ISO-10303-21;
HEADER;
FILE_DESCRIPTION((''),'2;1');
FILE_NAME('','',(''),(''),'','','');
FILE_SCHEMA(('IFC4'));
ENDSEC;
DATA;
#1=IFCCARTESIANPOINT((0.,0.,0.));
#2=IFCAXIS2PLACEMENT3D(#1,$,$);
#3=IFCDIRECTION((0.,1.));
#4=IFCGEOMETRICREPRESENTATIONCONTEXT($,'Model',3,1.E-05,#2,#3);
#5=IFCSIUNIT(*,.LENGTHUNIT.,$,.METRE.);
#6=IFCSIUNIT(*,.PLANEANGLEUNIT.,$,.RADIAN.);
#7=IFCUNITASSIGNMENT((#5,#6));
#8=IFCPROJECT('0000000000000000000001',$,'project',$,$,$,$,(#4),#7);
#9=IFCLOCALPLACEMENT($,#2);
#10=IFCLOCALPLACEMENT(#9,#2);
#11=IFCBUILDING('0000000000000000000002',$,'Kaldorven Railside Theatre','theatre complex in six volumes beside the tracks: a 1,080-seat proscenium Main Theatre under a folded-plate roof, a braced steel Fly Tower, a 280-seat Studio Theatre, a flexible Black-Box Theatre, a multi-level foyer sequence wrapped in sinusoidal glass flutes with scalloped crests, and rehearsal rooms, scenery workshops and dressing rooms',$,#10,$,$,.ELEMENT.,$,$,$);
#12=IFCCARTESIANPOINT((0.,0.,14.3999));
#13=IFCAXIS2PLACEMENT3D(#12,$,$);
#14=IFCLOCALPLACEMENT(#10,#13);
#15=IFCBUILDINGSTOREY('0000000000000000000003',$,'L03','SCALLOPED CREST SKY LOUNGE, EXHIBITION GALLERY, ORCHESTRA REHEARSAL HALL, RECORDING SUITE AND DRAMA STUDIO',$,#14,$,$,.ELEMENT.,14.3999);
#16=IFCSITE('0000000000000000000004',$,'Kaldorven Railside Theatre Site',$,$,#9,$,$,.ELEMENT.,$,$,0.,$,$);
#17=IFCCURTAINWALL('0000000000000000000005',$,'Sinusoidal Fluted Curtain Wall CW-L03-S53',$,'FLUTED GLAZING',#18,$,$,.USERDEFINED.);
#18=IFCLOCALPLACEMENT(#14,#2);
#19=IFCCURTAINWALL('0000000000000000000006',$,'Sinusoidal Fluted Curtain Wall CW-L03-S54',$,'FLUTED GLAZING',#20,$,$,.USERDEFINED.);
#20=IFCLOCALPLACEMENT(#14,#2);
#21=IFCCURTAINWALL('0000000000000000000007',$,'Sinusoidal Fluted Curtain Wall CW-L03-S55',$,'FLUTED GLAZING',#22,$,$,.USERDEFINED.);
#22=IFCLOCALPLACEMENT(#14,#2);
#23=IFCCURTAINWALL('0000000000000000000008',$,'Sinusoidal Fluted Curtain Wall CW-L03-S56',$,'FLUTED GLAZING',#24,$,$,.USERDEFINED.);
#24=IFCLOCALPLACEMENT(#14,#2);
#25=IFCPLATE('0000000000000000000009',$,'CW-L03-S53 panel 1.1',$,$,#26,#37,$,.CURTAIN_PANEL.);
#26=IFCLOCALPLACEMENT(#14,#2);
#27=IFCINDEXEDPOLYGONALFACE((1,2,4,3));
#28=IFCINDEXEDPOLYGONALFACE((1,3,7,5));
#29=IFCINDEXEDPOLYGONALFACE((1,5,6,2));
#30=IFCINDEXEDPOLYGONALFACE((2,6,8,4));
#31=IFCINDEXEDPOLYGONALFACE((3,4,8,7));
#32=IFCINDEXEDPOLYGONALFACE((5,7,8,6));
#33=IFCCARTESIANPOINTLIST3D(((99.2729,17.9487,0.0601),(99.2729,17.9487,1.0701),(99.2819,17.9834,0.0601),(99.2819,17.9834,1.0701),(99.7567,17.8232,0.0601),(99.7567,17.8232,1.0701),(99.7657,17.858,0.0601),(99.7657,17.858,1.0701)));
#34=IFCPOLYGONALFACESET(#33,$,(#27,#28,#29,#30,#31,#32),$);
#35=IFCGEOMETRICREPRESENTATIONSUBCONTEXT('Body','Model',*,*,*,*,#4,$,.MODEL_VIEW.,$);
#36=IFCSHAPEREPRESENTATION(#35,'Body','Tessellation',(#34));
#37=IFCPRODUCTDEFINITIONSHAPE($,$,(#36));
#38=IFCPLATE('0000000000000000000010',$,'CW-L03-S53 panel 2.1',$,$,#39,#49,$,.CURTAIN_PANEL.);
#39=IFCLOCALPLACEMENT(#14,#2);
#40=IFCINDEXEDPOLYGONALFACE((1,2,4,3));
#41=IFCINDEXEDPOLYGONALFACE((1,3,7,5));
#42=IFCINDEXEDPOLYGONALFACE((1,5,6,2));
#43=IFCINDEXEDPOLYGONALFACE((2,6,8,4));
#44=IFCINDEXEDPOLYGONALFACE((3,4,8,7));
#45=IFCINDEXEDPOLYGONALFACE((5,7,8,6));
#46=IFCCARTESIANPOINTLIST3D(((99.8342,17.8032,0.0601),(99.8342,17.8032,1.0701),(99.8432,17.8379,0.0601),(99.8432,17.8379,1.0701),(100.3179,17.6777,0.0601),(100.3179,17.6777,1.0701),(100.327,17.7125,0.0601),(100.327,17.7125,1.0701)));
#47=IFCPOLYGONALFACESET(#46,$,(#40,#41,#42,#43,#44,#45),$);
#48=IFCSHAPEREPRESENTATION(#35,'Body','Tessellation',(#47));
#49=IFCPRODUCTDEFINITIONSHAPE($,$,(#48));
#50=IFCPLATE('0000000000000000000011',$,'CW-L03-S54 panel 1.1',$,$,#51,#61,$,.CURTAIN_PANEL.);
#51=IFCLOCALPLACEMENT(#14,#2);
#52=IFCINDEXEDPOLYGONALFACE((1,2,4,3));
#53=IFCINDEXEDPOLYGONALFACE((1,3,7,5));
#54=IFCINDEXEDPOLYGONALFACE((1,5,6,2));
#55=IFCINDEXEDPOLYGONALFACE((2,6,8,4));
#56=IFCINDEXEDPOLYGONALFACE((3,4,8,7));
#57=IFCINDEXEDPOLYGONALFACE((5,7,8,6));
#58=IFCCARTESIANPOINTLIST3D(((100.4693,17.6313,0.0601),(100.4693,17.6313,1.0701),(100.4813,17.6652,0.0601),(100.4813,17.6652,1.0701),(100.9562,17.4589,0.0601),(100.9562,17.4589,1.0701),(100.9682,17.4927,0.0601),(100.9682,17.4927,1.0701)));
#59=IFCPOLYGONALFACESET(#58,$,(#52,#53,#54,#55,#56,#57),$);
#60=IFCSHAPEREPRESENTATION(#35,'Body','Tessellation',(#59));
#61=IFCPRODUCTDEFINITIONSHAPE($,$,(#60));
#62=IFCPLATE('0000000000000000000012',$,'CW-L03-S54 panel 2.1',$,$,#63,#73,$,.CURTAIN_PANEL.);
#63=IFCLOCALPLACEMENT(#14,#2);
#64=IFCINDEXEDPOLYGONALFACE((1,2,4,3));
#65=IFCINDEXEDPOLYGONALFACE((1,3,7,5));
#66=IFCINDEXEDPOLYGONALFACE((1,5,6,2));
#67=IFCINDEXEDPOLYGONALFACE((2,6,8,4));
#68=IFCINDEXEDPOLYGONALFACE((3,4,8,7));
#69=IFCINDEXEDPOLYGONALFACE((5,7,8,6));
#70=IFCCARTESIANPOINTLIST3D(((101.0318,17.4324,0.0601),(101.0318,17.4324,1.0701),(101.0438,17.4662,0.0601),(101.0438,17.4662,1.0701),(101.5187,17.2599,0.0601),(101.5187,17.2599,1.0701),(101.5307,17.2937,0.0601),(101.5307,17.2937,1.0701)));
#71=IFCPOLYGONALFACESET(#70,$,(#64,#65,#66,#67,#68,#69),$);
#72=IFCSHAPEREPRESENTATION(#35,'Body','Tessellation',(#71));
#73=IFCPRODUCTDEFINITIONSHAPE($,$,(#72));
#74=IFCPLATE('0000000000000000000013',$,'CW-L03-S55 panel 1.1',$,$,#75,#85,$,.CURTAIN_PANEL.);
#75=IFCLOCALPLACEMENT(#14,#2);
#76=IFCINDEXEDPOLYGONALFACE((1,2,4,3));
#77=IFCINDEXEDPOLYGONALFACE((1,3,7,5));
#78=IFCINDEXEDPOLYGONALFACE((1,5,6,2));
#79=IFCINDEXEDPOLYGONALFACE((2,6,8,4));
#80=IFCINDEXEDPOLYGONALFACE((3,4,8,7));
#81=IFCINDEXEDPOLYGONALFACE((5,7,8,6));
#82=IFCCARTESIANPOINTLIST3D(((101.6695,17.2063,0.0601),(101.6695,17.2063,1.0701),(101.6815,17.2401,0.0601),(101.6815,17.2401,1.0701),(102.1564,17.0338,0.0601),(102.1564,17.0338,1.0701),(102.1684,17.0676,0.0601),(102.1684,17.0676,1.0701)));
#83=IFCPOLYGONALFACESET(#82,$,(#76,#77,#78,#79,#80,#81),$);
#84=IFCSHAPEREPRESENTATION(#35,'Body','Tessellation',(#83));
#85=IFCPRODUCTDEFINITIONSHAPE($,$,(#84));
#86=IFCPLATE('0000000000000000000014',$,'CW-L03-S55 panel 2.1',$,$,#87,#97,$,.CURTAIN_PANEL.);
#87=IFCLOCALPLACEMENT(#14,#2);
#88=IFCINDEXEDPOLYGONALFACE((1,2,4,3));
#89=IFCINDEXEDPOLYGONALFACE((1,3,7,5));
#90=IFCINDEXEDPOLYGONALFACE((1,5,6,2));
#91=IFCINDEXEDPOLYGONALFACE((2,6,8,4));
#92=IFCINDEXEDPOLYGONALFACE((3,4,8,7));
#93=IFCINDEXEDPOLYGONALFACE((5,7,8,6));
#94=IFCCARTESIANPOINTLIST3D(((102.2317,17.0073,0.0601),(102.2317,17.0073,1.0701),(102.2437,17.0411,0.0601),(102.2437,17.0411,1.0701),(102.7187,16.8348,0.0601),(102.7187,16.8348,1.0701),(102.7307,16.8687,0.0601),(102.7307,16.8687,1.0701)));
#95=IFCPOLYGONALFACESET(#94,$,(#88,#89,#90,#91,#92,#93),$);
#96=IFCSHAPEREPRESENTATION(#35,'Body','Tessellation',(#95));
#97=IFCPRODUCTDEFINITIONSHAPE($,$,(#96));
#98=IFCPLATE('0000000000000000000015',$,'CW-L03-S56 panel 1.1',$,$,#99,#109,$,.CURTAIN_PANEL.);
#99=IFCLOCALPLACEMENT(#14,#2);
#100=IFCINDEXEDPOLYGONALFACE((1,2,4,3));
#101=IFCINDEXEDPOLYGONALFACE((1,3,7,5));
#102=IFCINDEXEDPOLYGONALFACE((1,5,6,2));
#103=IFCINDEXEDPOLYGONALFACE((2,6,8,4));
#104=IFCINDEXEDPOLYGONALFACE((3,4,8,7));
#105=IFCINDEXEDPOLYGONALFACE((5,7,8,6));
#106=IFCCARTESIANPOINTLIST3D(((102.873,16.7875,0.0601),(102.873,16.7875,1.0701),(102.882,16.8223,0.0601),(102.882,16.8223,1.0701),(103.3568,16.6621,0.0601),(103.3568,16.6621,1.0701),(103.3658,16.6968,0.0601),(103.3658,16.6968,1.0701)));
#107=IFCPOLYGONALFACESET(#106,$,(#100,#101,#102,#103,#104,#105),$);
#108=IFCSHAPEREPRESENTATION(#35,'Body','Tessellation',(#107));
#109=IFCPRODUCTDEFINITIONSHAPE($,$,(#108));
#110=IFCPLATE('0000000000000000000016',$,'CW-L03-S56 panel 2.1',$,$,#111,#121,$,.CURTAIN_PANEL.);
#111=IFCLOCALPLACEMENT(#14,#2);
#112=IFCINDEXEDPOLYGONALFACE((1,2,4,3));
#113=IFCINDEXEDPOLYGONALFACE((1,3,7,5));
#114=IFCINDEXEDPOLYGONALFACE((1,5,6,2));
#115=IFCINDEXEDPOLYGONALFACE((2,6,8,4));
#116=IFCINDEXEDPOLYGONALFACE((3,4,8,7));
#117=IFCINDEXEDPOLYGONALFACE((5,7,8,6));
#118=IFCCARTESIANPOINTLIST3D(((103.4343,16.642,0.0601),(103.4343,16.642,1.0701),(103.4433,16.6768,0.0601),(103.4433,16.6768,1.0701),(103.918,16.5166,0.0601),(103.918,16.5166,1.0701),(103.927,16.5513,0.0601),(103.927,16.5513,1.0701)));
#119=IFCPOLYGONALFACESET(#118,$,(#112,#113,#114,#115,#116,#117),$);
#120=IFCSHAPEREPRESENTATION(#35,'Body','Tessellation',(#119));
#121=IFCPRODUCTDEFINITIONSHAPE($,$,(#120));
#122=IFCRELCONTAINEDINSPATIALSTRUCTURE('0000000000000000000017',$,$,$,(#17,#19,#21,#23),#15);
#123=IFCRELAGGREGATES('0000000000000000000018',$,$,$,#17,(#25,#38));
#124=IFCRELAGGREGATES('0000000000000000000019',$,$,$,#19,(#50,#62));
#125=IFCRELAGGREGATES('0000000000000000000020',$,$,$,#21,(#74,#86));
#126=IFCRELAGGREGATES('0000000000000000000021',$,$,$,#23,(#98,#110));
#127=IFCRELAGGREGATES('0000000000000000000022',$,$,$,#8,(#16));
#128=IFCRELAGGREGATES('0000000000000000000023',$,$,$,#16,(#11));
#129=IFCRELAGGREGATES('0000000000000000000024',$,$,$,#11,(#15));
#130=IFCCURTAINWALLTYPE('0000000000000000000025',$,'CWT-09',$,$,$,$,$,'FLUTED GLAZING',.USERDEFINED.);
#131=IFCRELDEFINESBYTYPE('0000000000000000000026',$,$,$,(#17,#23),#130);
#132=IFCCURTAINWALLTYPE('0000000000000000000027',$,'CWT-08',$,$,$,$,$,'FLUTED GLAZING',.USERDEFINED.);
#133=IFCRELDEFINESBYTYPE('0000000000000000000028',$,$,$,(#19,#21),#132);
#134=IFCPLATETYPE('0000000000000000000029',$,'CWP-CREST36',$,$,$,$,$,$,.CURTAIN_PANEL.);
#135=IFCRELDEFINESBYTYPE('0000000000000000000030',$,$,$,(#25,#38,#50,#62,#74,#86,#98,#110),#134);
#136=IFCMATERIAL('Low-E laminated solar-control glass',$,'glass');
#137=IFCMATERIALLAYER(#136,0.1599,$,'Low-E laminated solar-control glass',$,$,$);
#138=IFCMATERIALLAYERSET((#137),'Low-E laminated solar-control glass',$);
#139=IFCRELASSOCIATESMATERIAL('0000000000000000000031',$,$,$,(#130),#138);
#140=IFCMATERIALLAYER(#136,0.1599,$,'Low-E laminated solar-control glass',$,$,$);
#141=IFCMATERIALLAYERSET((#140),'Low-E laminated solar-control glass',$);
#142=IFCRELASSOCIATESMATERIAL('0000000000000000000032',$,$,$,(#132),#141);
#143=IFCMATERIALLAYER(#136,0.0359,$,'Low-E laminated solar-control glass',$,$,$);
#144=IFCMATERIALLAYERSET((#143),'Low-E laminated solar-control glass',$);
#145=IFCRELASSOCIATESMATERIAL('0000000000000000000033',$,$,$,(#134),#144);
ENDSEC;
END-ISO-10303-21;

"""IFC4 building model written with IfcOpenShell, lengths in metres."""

from ifc_helpers import new_model, si_unit, direction, frame, origin, origin_2d, place, context, subcontext, project, spatial, rectangle, extrude, material, layer, layer_set, type_object, element, aggregate, save


model = new_model("IFC4")

# Units and contexts
model_context = context("Model", 3, precision=1e-05, world=origin(), true_north=direction((0.0, 1.0)))
body_context = subcontext(model_context, "Body", "Model", "MODEL_VIEW")
ifc_project = project(units=[si_unit("LENGTHUNIT", "METRE"), si_unit("PLANEANGLEUNIT", "RADIAN")], contexts=[model_context])

# Site, building, storey
site_placement = place(None, origin())
site = spatial("IfcSite", under=ifc_project, at=site_placement, Name="Kaldorven Railside Theatre Site", CompositionType="ELEMENT", RefElevation=0.0)
building_placement = place(site_placement, origin())
building = spatial("IfcBuilding", under=site, at=building_placement, Name="Kaldorven Railside Theatre", Description="theatre complex in six volumes beside the tracks: a 1,080-seat proscenium Main Theatre under a folded-plate roof, a braced steel Fly Tower, a 280-seat Studio Theatre, a flexible Black-Box Theatre, a multi-level foyer sequence wrapped in sinusoidal glass flutes with scalloped crests, and rehearsal rooms, scenery workshops and dressing rooms", CompositionType="ELEMENT")
storey_placement = place(building_placement, frame((0.0, 0.0, 14.3999)))
storey = spatial("IfcBuildingStorey", under=building, at=storey_placement, Name="L03", Description="SCALLOPED CREST SKY LOUNGE, EXHIBITION GALLERY, ORCHESTRA REHEARSAL HALL, RECORDING SUITE AND DRAMA STUDIO", CompositionType="ELEMENT", Elevation=14.3999)

# Curtain walls
ifc_material_1 = material(Name="Low-E laminated solar-control glass", Category="glass")
ifc_layer_1 = layer(ifc_material_1, 0.1599, Name="Low-E laminated solar-control glass")
ifc_layer_set_1 = layer_set([ifc_layer_1], Name="Low-E laminated solar-control glass")
curtain_wall_type_1 = type_object("IfcCurtainWallType", Name="CWT-09", ElementType="FLUTED GLAZING", PredefinedType="USERDEFINED", material=ifc_layer_set_1)
curtain_wall_1_placement = place(storey_placement, origin())
curtain_wall_1 = element("IfcCurtainWall", 1, at=curtain_wall_1_placement, inside=storey, type_object=curtain_wall_type_1, Name="Sinusoidal Fluted Curtain Wall CW-L03-S53", ObjectType="FLUTED GLAZING", PredefinedType="USERDEFINED")
ifc_layer_2 = layer(ifc_material_1, 0.1599, Name="Low-E laminated solar-control glass")
ifc_layer_set_2 = layer_set([ifc_layer_2], Name="Low-E laminated solar-control glass")
curtain_wall_type_2 = type_object("IfcCurtainWallType", Name="CWT-08", ElementType="FLUTED GLAZING", PredefinedType="USERDEFINED", material=ifc_layer_set_2)
curtain_wall_2_placement = place(storey_placement, origin())
curtain_wall_2 = element("IfcCurtainWall", 2, at=curtain_wall_2_placement, inside=storey, type_object=curtain_wall_type_2, Name="Sinusoidal Fluted Curtain Wall CW-L03-S54", ObjectType="FLUTED GLAZING", PredefinedType="USERDEFINED")
curtain_wall_3_placement = place(storey_placement, origin())
curtain_wall_3 = element("IfcCurtainWall", 3, at=curtain_wall_3_placement, inside=storey, type_object=curtain_wall_type_2, Name="Sinusoidal Fluted Curtain Wall CW-L03-S55", ObjectType="FLUTED GLAZING", PredefinedType="USERDEFINED")
curtain_wall_4_placement = place(storey_placement, origin())
curtain_wall_4 = element("IfcCurtainWall", 4, at=curtain_wall_4_placement, inside=storey, type_object=curtain_wall_type_1, Name="Sinusoidal Fluted Curtain Wall CW-L03-S56", ObjectType="FLUTED GLAZING", PredefinedType="USERDEFINED")

# Plates
ifc_layer_3 = layer(ifc_material_1, 0.0359, Name="Low-E laminated solar-control glass")
ifc_layer_set_3 = layer_set([ifc_layer_3], Name="Low-E laminated solar-control glass")
plate_type = type_object("IfcPlateType", Name="CWP-CREST36", PredefinedType="CURTAIN_PANEL", material=ifc_layer_set_3)
plate_1_placement = place(storey_placement, frame((99.5193, 17.9033, 0.0601), z_axis=(0.0, 0.0, 1.0), x_axis=(0.967999, -0.250954, 0.0)))
plate_1 = element("IfcPlate", 5, at=plate_1_placement, type_object=plate_type, Name="CW-L03-S53 panel 1.1", PredefinedType="CURTAIN_PANEL", context=body_context, shape_type="SweptSolid", body=[
    extrude(rectangle(XDim=0.4998, YDim=0.0359, at=origin_2d()), origin(), (0.0, 0.0, 1.0), 1.01),
])
plate_2_placement = place(storey_placement, frame((100.0806, 17.7578, 0.0601), z_axis=(0.0, 0.0, 1.0), x_axis=(0.967999, -0.250954, 0.0)))
plate_2 = element("IfcPlate", 6, at=plate_2_placement, type_object=plate_type, Name="CW-L03-S53 panel 2.1", PredefinedType="CURTAIN_PANEL", context=body_context, shape_type="SweptSolid", body=[
    extrude(rectangle(XDim=0.4998, YDim=0.0359, at=origin_2d()), origin(), (0.0, 0.0, 1.0), 1.01),
])
aggregate(curtain_wall_1, [plate_1, plate_2])
plate_3_placement = place(storey_placement, frame((100.7188, 17.562, 0.0601), z_axis=(0.0, 0.0, 1.0), x_axis=(0.942627, -0.333847, 0.0)))
plate_3 = element("IfcPlate", 7, at=plate_3_placement, type_object=plate_type, Name="CW-L03-S54 panel 1.1", PredefinedType="CURTAIN_PANEL", context=body_context, shape_type="SweptSolid", body=[
    extrude(rectangle(XDim=0.5166, YDim=0.0359, at=origin_2d()), origin(), (0.0, 0.0, 1.0), 1.01),
])
plate_4_placement = place(storey_placement, frame((101.2812, 17.363, 0.0601), z_axis=(0.0, 0.0, 1.0), x_axis=(0.942627, -0.333847, 0.0)))
plate_4 = element("IfcPlate", 8, at=plate_4_placement, type_object=plate_type, Name="CW-L03-S54 panel 2.1", PredefinedType="CURTAIN_PANEL", context=body_context, shape_type="SweptSolid", body=[
    extrude(rectangle(XDim=0.5166, YDim=0.0359, at=origin_2d()), origin(), (0.0, 0.0, 1.0), 1.01),
])
aggregate(curtain_wall_2, [plate_3, plate_4])
plate_5_placement = place(storey_placement, frame((101.9189, 17.137, 0.0601), z_axis=(0.0, 0.0, 1.0), x_axis=(0.942627, -0.333847, 0.0)))
plate_5 = element("IfcPlate", 9, at=plate_5_placement, type_object=plate_type, Name="CW-L03-S55 panel 1.1", PredefinedType="CURTAIN_PANEL", context=body_context, shape_type="SweptSolid", body=[
    extrude(rectangle(XDim=0.5166, YDim=0.0359, at=origin_2d()), origin(), (0.0, 0.0, 1.0), 1.01),
])
plate_6_placement = place(storey_placement, frame((102.4812, 16.938, 0.0601), z_axis=(0.0, 0.0, 1.0), x_axis=(0.942627, -0.333847, 0.0)))
plate_6 = element("IfcPlate", 10, at=plate_6_placement, type_object=plate_type, Name="CW-L03-S55 panel 2.1", PredefinedType="CURTAIN_PANEL", context=body_context, shape_type="SweptSolid", body=[
    extrude(rectangle(XDim=0.5166, YDim=0.0359, at=origin_2d()), origin(), (0.0, 0.0, 1.0), 1.01),
])
aggregate(curtain_wall_3, [plate_5, plate_6])
plate_7_placement = place(storey_placement, frame((103.1194, 16.7422, 0.0601), z_axis=(0.0, 0.0, 1.0), x_axis=(0.967999, -0.250954, 0.0)))
plate_7 = element("IfcPlate", 11, at=plate_7_placement, type_object=plate_type, Name="CW-L03-S56 panel 1.1", PredefinedType="CURTAIN_PANEL", context=body_context, shape_type="SweptSolid", body=[
    extrude(rectangle(XDim=0.4998, YDim=0.0359, at=origin_2d()), origin(), (0.0, 0.0, 1.0), 1.01),
])
plate_8_placement = place(storey_placement, frame((103.6807, 16.5967, 0.0601), z_axis=(0.0, 0.0, 1.0), x_axis=(0.967999, -0.250954, 0.0)))
plate_8 = element("IfcPlate", 12, at=plate_8_placement, type_object=plate_type, Name="CW-L03-S56 panel 2.1", PredefinedType="CURTAIN_PANEL", context=body_context, shape_type="SweptSolid", body=[
    extrude(rectangle(XDim=0.4998, YDim=0.0359, at=origin_2d()), origin(), (0.0, 0.0, 1.0), 1.01),
])
aggregate(curtain_wall_4, [plate_7, plate_8])

save(model, "model.ifc")
